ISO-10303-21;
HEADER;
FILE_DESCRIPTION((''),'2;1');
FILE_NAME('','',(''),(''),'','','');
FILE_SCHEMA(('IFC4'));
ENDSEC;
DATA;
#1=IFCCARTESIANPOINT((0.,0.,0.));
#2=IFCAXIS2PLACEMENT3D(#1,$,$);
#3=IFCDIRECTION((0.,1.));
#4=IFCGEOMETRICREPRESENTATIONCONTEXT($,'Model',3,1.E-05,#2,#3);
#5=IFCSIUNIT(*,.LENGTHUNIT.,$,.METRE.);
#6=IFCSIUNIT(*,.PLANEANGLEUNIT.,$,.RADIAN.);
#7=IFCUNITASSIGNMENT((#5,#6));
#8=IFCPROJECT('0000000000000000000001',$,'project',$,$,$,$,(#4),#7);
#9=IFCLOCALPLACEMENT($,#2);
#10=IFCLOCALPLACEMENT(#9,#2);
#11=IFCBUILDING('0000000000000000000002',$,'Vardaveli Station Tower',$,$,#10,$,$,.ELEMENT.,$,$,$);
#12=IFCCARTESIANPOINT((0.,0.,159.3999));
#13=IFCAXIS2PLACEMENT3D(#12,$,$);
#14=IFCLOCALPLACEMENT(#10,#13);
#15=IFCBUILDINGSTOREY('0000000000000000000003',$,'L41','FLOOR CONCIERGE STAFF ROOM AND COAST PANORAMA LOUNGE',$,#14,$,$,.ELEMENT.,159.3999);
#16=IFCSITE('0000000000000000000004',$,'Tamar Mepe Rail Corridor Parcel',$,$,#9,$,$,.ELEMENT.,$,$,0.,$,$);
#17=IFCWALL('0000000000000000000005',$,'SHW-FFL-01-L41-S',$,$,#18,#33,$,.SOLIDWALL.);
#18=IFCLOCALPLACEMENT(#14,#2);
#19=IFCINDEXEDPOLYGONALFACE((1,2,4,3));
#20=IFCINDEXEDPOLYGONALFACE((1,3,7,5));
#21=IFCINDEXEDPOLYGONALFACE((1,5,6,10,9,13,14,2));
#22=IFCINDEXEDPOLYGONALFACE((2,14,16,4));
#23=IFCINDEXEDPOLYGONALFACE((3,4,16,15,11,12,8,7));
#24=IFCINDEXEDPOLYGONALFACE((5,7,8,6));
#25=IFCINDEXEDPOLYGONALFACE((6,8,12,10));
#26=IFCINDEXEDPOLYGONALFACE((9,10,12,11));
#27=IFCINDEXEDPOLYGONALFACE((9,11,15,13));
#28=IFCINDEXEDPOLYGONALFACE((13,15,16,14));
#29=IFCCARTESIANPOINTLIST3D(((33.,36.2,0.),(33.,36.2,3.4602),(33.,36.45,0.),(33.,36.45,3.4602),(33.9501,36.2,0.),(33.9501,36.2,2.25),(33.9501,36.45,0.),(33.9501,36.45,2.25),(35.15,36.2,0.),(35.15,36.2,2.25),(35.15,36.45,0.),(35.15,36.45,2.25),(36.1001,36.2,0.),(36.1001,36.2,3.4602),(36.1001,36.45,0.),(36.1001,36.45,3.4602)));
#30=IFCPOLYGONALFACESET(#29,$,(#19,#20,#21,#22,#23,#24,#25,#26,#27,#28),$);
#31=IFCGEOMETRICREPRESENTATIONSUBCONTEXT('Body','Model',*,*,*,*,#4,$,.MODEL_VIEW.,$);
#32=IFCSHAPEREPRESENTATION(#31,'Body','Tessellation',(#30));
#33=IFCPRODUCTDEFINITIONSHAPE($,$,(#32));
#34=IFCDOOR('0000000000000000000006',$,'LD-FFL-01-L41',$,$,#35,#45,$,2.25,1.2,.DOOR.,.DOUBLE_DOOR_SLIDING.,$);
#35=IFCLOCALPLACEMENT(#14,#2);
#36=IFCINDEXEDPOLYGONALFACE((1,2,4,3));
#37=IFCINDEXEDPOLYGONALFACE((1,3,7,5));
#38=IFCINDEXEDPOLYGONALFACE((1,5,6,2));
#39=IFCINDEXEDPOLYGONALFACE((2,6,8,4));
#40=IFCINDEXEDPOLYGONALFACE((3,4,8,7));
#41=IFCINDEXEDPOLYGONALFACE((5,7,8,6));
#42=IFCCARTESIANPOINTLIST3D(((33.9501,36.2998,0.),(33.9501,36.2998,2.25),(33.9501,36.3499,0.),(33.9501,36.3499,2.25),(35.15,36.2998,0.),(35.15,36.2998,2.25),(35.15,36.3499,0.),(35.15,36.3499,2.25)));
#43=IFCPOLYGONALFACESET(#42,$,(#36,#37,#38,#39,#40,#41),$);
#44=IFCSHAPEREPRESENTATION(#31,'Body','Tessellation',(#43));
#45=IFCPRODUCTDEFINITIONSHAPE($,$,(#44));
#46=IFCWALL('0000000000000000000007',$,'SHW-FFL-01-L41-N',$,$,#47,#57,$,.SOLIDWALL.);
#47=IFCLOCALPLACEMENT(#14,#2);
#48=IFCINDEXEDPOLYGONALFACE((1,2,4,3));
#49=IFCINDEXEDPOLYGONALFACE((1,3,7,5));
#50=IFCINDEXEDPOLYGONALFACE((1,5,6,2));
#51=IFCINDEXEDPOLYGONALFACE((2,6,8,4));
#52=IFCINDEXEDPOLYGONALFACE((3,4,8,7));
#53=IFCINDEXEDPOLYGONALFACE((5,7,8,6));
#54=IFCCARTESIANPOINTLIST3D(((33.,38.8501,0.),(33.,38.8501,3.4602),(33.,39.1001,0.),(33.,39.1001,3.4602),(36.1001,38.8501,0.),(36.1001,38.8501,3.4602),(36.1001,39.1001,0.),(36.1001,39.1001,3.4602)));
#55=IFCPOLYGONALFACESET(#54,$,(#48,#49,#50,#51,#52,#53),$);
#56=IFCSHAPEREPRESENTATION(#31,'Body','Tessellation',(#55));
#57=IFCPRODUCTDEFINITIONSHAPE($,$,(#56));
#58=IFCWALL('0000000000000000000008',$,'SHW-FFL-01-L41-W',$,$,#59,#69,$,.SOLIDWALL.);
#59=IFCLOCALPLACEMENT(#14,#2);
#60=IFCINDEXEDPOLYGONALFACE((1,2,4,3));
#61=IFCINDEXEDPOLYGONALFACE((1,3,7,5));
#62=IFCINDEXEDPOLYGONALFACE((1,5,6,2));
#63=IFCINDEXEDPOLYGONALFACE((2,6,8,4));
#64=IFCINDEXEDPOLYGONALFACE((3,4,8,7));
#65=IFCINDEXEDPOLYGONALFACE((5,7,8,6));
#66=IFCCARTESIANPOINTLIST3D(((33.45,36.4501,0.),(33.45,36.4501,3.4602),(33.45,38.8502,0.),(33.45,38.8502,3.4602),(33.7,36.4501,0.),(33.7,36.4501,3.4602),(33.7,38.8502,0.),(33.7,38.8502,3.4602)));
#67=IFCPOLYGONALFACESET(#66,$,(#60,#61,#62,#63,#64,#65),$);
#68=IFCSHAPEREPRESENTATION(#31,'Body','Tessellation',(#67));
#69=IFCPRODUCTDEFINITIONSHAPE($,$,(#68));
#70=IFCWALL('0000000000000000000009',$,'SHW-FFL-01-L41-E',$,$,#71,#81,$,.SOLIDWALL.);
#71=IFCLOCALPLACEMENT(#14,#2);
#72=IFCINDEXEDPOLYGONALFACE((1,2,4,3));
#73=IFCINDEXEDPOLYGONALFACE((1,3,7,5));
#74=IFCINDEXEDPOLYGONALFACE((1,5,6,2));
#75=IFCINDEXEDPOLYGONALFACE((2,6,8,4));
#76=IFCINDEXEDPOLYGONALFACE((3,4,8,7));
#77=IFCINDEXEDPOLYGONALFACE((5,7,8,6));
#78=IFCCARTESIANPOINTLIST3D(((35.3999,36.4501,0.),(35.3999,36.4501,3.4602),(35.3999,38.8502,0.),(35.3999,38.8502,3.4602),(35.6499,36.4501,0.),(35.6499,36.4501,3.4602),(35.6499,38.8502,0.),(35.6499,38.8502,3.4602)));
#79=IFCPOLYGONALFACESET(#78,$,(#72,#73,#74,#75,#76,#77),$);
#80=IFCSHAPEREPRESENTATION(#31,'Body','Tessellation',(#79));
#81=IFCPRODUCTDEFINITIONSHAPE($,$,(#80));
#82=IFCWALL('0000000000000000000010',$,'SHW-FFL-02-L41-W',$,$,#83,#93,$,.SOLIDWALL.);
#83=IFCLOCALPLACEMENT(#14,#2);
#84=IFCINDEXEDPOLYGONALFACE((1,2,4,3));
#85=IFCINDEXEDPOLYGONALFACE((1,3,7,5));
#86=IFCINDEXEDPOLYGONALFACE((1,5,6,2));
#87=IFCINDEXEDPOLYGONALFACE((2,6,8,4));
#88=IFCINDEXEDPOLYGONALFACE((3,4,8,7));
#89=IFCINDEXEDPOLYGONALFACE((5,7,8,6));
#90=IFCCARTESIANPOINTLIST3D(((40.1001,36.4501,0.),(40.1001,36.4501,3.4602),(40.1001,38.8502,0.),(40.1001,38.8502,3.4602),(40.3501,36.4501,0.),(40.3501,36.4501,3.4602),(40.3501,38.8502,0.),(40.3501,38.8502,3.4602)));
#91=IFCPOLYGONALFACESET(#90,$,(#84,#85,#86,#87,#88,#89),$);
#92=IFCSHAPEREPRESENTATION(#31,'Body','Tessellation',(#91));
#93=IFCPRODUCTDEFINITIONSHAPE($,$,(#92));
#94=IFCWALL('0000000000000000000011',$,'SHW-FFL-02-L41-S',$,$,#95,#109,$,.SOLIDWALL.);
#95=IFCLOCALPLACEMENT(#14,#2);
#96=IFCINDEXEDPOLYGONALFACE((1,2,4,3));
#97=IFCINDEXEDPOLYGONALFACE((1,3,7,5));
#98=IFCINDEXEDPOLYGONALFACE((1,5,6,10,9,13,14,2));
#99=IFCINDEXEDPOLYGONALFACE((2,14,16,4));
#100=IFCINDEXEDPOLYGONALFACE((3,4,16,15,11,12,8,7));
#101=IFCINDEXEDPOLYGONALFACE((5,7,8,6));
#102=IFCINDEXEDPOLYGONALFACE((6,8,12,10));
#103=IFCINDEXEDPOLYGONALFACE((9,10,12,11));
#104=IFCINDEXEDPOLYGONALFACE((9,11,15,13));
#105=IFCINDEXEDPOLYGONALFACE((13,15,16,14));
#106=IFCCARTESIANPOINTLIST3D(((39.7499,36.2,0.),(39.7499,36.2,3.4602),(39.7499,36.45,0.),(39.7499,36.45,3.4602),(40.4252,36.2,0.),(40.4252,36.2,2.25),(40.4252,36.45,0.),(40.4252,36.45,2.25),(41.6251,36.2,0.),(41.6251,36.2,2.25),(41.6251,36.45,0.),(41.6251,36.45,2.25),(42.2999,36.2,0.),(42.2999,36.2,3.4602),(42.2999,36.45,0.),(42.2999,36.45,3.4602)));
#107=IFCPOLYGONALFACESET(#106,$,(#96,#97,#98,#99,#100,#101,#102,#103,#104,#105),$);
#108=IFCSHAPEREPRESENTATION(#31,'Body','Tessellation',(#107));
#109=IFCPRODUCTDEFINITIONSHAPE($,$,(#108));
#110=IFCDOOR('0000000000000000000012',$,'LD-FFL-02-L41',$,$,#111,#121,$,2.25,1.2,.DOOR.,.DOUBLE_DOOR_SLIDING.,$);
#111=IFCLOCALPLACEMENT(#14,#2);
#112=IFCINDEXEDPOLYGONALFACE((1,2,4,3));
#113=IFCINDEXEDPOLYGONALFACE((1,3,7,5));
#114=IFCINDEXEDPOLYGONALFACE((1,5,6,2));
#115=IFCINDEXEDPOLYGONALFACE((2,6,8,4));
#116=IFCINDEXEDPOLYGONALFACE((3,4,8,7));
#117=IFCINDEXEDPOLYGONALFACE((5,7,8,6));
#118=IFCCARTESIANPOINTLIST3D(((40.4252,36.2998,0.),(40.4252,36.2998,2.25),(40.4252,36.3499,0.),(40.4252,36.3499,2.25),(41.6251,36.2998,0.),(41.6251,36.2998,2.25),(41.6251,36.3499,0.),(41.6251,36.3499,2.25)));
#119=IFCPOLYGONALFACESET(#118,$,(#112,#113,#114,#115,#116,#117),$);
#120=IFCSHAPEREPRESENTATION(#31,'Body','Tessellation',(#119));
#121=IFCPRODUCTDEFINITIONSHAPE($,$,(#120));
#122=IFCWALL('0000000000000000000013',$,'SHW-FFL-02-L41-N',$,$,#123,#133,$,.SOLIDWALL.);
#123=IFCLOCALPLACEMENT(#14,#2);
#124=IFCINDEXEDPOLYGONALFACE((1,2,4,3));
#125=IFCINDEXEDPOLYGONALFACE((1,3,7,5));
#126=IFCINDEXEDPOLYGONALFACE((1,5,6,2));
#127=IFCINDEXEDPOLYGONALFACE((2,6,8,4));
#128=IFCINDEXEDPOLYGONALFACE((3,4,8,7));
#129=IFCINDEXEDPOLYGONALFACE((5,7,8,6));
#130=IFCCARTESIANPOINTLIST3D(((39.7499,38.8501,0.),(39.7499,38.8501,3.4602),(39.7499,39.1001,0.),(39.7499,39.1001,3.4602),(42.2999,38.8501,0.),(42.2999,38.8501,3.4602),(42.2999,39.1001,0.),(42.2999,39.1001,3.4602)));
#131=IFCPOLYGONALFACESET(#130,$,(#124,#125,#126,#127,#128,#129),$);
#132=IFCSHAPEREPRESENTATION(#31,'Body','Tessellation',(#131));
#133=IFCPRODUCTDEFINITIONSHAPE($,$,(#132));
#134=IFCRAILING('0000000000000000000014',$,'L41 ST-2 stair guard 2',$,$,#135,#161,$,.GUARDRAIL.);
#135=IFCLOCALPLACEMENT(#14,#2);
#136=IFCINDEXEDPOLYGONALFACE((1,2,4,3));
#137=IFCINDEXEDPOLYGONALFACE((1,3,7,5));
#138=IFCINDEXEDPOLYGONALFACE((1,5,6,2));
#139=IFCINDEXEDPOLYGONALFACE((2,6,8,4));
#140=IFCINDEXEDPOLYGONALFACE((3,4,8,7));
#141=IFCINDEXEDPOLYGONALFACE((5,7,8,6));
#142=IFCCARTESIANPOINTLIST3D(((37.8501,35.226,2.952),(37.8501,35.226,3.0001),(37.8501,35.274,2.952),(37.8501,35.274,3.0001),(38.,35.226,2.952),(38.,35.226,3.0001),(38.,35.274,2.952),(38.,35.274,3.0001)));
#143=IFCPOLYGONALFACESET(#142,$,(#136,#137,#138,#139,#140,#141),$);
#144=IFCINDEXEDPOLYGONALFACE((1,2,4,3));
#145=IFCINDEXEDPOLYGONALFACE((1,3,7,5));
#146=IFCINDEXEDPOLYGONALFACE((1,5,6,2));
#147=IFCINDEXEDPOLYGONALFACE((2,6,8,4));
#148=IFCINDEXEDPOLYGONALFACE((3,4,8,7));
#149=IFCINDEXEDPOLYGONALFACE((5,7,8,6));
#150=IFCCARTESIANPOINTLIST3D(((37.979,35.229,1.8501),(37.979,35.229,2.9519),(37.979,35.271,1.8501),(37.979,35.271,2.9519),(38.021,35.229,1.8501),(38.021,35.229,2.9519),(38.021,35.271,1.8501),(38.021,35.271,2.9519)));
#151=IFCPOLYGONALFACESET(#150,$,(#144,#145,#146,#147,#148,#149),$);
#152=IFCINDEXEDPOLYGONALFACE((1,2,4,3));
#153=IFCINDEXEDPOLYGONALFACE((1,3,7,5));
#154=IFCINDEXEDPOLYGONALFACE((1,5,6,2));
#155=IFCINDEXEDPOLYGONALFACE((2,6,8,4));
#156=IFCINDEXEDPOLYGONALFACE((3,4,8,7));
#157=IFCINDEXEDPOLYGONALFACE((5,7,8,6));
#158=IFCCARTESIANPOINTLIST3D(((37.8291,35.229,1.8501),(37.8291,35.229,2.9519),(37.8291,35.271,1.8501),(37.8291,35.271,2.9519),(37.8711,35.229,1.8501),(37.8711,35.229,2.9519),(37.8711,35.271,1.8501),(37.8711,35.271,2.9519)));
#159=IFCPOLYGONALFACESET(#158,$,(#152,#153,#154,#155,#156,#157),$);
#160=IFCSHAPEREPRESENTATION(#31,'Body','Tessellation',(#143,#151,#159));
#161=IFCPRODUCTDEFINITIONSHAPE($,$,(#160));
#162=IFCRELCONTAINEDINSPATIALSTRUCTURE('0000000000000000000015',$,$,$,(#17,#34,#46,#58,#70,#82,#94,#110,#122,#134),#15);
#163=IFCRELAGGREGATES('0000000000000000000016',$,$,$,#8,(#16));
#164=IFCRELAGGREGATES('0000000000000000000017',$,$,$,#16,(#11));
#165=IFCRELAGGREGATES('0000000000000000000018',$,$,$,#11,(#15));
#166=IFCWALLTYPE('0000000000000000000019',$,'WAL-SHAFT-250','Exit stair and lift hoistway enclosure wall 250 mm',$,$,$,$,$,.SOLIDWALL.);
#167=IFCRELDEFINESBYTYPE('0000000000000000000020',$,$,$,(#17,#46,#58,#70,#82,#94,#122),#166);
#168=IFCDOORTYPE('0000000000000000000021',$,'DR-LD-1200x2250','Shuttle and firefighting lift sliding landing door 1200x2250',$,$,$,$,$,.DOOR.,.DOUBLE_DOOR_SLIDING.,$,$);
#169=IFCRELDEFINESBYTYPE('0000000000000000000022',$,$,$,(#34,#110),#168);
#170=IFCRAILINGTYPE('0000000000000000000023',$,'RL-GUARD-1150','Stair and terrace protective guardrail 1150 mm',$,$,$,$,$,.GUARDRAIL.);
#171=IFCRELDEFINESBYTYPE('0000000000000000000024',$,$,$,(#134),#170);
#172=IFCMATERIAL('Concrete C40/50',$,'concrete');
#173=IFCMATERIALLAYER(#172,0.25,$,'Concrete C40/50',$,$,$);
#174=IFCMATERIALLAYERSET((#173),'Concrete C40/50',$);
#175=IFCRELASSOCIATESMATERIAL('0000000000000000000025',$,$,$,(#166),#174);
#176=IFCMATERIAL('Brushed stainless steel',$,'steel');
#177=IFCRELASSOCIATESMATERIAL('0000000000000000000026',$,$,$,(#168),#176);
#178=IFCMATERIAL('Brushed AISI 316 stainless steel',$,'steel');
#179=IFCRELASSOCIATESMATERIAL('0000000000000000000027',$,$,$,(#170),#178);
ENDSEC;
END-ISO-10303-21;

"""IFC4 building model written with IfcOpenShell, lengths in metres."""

from ifc_helpers import new_model, si_unit, direction, frame, frame_2d, origin, origin_2d, place, context, subcontext, project, spatial, rectangle, extrude, source, transform, mapped, material, layer, layer_set, type_object, element, fill, save


model = new_model("IFC4")

# Units and contexts
model_context = context("Model", 3, precision=1e-05, world=origin(), true_north=direction((0.0, 1.0)))
body_context = subcontext(model_context, "Body", "Model", "MODEL_VIEW")
ifc_project = project(units=[si_unit("LENGTHUNIT", "METRE"), si_unit("PLANEANGLEUNIT", "RADIAN")], contexts=[model_context])

# Site, building, storey
site_placement = place(None, origin())
site = spatial("IfcSite", under=ifc_project, at=site_placement, Name="Tamar Mepe Rail Corridor Parcel", CompositionType="ELEMENT", RefElevation=0.0)
building_placement = place(site_placement, origin())
building = spatial("IfcBuilding", under=site, at=building_placement, Name="Vardaveli Station Tower", CompositionType="ELEMENT")
storey_placement = place(building_placement, frame((0.0, 0.0, 159.3999)))
storey = spatial("IfcBuildingStorey", under=building, at=storey_placement, Name="L41", Description="FLOOR CONCIERGE STAFF ROOM AND COAST PANORAMA LOUNGE", CompositionType="ELEMENT", Elevation=159.3999)

# Shared definitions
ifc_material_1 = material(Name="Concrete C40/50", Category="concrete")
ifc_layer_1 = layer(ifc_material_1, 0.25, Name="Concrete C40/50")
ifc_layer_set_1 = layer_set([ifc_layer_1], Name="Concrete C40/50")
wall_type = type_object("IfcWallType", Name="WAL-SHAFT-250", Description="Exit stair and lift hoistway enclosure wall 250 mm", PredefinedType="SOLIDWALL", material=ifc_layer_set_1)

# Wall, opening, door
shared_shape_1 = source(origin(), body_context, "Body", "SweptSolid", [
    extrude(rectangle(XDim=3.1001, YDim=0.25, at=frame_2d((1.55, 0.0))), origin(), (0.0, 0.0, 1.0), 3.4602),
])
wall_1_placement = place(storey_placement, frame((33.0, 36.325, 0.0), z_axis=(0.0, 0.0, 1.0), x_axis=(1.0, 0.0, 0.0)))
wall_1 = element("IfcWall", 1, at=wall_1_placement, inside=storey, type_object=wall_type, Name="SHW-FFL-01-L41-S", PredefinedType="SOLIDWALL", context=body_context, shape_type="MappedRepresentation", body=[
    mapped(shared_shape_1, transform((0.0, 0.0, 0.0), scale=1.0)),
])
shared_shape_2 = source(origin(), body_context, "Body", "SweptSolid", [
    extrude(rectangle(XDim=1.2, YDim=2.25, at=frame_2d((0.6001, 1.125))), frame((0.0, 0.135, 0.0), z_axis=(0.0, -1.0, 0.0), x_axis=(1.0, 0.0, 0.0)), (0.0, 0.0, 1.0), 0.27),
])
opening_1_placement = place(wall_1_placement, frame((0.95, 0.0, 0.0)))
opening_1 = element("IfcOpeningElement", 2, at=opening_1_placement, cuts=wall_1, PredefinedType="OPENING", context=body_context, shape_type="MappedRepresentation", body=[
    mapped(shared_shape_2, transform((0.0, 0.0, 0.0), scale=1.0)),
])
ifc_material_2 = material(Name="Brushed stainless steel", Category="steel")
door_type = type_object("IfcDoorType", Name="DR-LD-1200x2250", Description="Shuttle and firefighting lift sliding landing door 1200x2250", OperationType="DOUBLE_DOOR_SLIDING", PredefinedType="DOOR", material=ifc_material_2)
shared_shape_3 = source(origin(), body_context, "Body", "SweptSolid", [
    extrude(rectangle(XDim=1.2, YDim=2.25, at=frame_2d((0.6001, 1.125))), frame((0.0, 0.0249, 0.0), z_axis=(0.0, -1.0, 0.0), x_axis=(1.0, 0.0, 0.0)), (0.0, 0.0, 1.0), 0.05),
])
door_1_placement = place(opening_1_placement, origin())
door_1 = element("IfcDoor", 3, at=door_1_placement, inside=storey, type_object=door_type, Name="LD-FFL-01-L41", OperationType="DOUBLE_DOOR_SLIDING", OverallHeight=2.25, OverallWidth=1.2, PredefinedType="DOOR", context=body_context, shape_type="MappedRepresentation", body=[
    mapped(shared_shape_3, transform((0.0, 0.0, 0.0), scale=1.0)),
])
fill(opening_1, door_1)

# Walls
wall_2_placement = place(storey_placement, frame((33.0, 38.9751, 0.0), z_axis=(0.0, 0.0, 1.0), x_axis=(1.0, 0.0, 0.0)))
element("IfcWall", 4, at=wall_2_placement, inside=storey, type_object=wall_type, Name="SHW-FFL-01-L41-N", PredefinedType="SOLIDWALL", context=body_context, shape_type="MappedRepresentation", body=[
    mapped(shared_shape_1, transform((0.0, 0.0, 0.0), scale=1.0)),
])
shared_shape_4 = source(origin(), body_context, "Body", "SweptSolid", [
    extrude(rectangle(XDim=2.4001, YDim=0.25, at=frame_2d((1.2002, 0.0))), origin(), (0.0, 0.0, 1.0), 3.4602),
])
for number, where, z_axis, x_axis, name in (
    (5, (33.575, 36.45, 0.0), (0.0, 0.0, 1.0), (0.0, 1.0, 0.0), "SHW-FFL-01-L41-W"),
    (6, (35.5249, 36.45, 0.0), (0.0, 0.0, 1.0), (0.0, 1.0, 0.0), "SHW-FFL-01-L41-E"),
    (7, (40.2251, 36.45, 0.0), (0.0, 0.0, 1.0), (0.0, 1.0, 0.0), "SHW-FFL-02-L41-W"),
):
    element("IfcWall", number, at=place(storey_placement, frame(where, z_axis=z_axis, x_axis=x_axis)), inside=storey, type_object=wall_type, Name=name, PredefinedType="SOLIDWALL", context=body_context, shape_type="MappedRepresentation", body=[
        mapped(shared_shape_4, transform((0.0, 0.0, 0.0), scale=1.0)),
    ])

# Wall, opening, door
shared_shape_5 = source(origin(), body_context, "Body", "SweptSolid", [
    extrude(rectangle(XDim=2.55, YDim=0.25, at=frame_2d((1.2749, 0.0))), origin(), (0.0, 0.0, 1.0), 3.4602),
])
wall_3_placement = place(storey_placement, frame((39.75, 36.325, 0.0), z_axis=(0.0, 0.0, 1.0), x_axis=(1.0, 0.0, 0.0)))
wall_3 = element("IfcWall", 8, at=wall_3_placement, inside=storey, type_object=wall_type, Name="SHW-FFL-02-L41-S", PredefinedType="SOLIDWALL", context=body_context, shape_type="MappedRepresentation", body=[
    mapped(shared_shape_5, transform((0.0, 0.0, 0.0), scale=1.0)),
])
opening_2_placement = place(wall_3_placement, frame((0.675, 0.0, 0.0)))
opening_2 = element("IfcOpeningElement", 9, at=opening_2_placement, cuts=wall_3, PredefinedType="OPENING", context=body_context, shape_type="MappedRepresentation", body=[
    mapped(shared_shape_2, transform((0.0, 0.0, 0.0), scale=1.0)),
])
door_2_placement = place(opening_2_placement, origin())
door_2 = element("IfcDoor", 10, at=door_2_placement, inside=storey, type_object=door_type, Name="LD-FFL-02-L41", OperationType="DOUBLE_DOOR_SLIDING", OverallHeight=2.25, OverallWidth=1.2, PredefinedType="DOOR", context=body_context, shape_type="MappedRepresentation", body=[
    mapped(shared_shape_3, transform((0.0, 0.0, 0.0), scale=1.0)),
])
fill(opening_2, door_2)

# Wall
wall_4_placement = place(storey_placement, frame((39.75, 38.9751, 0.0), z_axis=(0.0, 0.0, 1.0), x_axis=(1.0, 0.0, 0.0)))
element("IfcWall", 11, at=wall_4_placement, inside=storey, type_object=wall_type, Name="SHW-FFL-02-L41-N", PredefinedType="SOLIDWALL", context=body_context, shape_type="MappedRepresentation", body=[
    mapped(shared_shape_5, transform((0.0, 0.0, 0.0), scale=1.0)),
])

# Railing
ifc_material_3 = material(Name="Brushed AISI 316 stainless steel", Category="steel")
railing_type = type_object("IfcRailingType", Name="RL-GUARD-1150", Description="Stair and terrace protective guardrail 1150 mm", PredefinedType="GUARDRAIL", material=ifc_material_3)
shared_shape_6 = source(origin(), body_context, "Body", "SweptSolid", [
    extrude(rectangle(XDim=0.0481, YDim=0.0481, at=origin_2d()), frame((0.0, 0.0, 1.126), z_axis=(-1.0, 0.0, 0.0), x_axis=(0.0, -1.0, 0.0)), (0.0, 0.0, 1.0), 0.1499),
    extrude(rectangle(XDim=0.042, YDim=0.042, at=origin_2d()), origin(), (0.0, 0.0, 1.0), 1.1018),
    extrude(rectangle(XDim=0.042, YDim=0.042, at=origin_2d()), frame((-0.1499, 0.0, 0.0)), (0.0, 0.0, 1.0), 1.1018),
])
railing_1_placement = place(storey_placement, frame((38.0, 35.25, 1.8501)))
element("IfcRailing", 12, at=railing_1_placement, inside=storey, type_object=railing_type, Name="L41 ST-2 stair guard 2", PredefinedType="GUARDRAIL", context=body_context, shape_type="MappedRepresentation", body=[
    mapped(shared_shape_6, transform((0.0, 0.0, 0.0), scale=1.0)),
])

save(model, "model.ifc")
